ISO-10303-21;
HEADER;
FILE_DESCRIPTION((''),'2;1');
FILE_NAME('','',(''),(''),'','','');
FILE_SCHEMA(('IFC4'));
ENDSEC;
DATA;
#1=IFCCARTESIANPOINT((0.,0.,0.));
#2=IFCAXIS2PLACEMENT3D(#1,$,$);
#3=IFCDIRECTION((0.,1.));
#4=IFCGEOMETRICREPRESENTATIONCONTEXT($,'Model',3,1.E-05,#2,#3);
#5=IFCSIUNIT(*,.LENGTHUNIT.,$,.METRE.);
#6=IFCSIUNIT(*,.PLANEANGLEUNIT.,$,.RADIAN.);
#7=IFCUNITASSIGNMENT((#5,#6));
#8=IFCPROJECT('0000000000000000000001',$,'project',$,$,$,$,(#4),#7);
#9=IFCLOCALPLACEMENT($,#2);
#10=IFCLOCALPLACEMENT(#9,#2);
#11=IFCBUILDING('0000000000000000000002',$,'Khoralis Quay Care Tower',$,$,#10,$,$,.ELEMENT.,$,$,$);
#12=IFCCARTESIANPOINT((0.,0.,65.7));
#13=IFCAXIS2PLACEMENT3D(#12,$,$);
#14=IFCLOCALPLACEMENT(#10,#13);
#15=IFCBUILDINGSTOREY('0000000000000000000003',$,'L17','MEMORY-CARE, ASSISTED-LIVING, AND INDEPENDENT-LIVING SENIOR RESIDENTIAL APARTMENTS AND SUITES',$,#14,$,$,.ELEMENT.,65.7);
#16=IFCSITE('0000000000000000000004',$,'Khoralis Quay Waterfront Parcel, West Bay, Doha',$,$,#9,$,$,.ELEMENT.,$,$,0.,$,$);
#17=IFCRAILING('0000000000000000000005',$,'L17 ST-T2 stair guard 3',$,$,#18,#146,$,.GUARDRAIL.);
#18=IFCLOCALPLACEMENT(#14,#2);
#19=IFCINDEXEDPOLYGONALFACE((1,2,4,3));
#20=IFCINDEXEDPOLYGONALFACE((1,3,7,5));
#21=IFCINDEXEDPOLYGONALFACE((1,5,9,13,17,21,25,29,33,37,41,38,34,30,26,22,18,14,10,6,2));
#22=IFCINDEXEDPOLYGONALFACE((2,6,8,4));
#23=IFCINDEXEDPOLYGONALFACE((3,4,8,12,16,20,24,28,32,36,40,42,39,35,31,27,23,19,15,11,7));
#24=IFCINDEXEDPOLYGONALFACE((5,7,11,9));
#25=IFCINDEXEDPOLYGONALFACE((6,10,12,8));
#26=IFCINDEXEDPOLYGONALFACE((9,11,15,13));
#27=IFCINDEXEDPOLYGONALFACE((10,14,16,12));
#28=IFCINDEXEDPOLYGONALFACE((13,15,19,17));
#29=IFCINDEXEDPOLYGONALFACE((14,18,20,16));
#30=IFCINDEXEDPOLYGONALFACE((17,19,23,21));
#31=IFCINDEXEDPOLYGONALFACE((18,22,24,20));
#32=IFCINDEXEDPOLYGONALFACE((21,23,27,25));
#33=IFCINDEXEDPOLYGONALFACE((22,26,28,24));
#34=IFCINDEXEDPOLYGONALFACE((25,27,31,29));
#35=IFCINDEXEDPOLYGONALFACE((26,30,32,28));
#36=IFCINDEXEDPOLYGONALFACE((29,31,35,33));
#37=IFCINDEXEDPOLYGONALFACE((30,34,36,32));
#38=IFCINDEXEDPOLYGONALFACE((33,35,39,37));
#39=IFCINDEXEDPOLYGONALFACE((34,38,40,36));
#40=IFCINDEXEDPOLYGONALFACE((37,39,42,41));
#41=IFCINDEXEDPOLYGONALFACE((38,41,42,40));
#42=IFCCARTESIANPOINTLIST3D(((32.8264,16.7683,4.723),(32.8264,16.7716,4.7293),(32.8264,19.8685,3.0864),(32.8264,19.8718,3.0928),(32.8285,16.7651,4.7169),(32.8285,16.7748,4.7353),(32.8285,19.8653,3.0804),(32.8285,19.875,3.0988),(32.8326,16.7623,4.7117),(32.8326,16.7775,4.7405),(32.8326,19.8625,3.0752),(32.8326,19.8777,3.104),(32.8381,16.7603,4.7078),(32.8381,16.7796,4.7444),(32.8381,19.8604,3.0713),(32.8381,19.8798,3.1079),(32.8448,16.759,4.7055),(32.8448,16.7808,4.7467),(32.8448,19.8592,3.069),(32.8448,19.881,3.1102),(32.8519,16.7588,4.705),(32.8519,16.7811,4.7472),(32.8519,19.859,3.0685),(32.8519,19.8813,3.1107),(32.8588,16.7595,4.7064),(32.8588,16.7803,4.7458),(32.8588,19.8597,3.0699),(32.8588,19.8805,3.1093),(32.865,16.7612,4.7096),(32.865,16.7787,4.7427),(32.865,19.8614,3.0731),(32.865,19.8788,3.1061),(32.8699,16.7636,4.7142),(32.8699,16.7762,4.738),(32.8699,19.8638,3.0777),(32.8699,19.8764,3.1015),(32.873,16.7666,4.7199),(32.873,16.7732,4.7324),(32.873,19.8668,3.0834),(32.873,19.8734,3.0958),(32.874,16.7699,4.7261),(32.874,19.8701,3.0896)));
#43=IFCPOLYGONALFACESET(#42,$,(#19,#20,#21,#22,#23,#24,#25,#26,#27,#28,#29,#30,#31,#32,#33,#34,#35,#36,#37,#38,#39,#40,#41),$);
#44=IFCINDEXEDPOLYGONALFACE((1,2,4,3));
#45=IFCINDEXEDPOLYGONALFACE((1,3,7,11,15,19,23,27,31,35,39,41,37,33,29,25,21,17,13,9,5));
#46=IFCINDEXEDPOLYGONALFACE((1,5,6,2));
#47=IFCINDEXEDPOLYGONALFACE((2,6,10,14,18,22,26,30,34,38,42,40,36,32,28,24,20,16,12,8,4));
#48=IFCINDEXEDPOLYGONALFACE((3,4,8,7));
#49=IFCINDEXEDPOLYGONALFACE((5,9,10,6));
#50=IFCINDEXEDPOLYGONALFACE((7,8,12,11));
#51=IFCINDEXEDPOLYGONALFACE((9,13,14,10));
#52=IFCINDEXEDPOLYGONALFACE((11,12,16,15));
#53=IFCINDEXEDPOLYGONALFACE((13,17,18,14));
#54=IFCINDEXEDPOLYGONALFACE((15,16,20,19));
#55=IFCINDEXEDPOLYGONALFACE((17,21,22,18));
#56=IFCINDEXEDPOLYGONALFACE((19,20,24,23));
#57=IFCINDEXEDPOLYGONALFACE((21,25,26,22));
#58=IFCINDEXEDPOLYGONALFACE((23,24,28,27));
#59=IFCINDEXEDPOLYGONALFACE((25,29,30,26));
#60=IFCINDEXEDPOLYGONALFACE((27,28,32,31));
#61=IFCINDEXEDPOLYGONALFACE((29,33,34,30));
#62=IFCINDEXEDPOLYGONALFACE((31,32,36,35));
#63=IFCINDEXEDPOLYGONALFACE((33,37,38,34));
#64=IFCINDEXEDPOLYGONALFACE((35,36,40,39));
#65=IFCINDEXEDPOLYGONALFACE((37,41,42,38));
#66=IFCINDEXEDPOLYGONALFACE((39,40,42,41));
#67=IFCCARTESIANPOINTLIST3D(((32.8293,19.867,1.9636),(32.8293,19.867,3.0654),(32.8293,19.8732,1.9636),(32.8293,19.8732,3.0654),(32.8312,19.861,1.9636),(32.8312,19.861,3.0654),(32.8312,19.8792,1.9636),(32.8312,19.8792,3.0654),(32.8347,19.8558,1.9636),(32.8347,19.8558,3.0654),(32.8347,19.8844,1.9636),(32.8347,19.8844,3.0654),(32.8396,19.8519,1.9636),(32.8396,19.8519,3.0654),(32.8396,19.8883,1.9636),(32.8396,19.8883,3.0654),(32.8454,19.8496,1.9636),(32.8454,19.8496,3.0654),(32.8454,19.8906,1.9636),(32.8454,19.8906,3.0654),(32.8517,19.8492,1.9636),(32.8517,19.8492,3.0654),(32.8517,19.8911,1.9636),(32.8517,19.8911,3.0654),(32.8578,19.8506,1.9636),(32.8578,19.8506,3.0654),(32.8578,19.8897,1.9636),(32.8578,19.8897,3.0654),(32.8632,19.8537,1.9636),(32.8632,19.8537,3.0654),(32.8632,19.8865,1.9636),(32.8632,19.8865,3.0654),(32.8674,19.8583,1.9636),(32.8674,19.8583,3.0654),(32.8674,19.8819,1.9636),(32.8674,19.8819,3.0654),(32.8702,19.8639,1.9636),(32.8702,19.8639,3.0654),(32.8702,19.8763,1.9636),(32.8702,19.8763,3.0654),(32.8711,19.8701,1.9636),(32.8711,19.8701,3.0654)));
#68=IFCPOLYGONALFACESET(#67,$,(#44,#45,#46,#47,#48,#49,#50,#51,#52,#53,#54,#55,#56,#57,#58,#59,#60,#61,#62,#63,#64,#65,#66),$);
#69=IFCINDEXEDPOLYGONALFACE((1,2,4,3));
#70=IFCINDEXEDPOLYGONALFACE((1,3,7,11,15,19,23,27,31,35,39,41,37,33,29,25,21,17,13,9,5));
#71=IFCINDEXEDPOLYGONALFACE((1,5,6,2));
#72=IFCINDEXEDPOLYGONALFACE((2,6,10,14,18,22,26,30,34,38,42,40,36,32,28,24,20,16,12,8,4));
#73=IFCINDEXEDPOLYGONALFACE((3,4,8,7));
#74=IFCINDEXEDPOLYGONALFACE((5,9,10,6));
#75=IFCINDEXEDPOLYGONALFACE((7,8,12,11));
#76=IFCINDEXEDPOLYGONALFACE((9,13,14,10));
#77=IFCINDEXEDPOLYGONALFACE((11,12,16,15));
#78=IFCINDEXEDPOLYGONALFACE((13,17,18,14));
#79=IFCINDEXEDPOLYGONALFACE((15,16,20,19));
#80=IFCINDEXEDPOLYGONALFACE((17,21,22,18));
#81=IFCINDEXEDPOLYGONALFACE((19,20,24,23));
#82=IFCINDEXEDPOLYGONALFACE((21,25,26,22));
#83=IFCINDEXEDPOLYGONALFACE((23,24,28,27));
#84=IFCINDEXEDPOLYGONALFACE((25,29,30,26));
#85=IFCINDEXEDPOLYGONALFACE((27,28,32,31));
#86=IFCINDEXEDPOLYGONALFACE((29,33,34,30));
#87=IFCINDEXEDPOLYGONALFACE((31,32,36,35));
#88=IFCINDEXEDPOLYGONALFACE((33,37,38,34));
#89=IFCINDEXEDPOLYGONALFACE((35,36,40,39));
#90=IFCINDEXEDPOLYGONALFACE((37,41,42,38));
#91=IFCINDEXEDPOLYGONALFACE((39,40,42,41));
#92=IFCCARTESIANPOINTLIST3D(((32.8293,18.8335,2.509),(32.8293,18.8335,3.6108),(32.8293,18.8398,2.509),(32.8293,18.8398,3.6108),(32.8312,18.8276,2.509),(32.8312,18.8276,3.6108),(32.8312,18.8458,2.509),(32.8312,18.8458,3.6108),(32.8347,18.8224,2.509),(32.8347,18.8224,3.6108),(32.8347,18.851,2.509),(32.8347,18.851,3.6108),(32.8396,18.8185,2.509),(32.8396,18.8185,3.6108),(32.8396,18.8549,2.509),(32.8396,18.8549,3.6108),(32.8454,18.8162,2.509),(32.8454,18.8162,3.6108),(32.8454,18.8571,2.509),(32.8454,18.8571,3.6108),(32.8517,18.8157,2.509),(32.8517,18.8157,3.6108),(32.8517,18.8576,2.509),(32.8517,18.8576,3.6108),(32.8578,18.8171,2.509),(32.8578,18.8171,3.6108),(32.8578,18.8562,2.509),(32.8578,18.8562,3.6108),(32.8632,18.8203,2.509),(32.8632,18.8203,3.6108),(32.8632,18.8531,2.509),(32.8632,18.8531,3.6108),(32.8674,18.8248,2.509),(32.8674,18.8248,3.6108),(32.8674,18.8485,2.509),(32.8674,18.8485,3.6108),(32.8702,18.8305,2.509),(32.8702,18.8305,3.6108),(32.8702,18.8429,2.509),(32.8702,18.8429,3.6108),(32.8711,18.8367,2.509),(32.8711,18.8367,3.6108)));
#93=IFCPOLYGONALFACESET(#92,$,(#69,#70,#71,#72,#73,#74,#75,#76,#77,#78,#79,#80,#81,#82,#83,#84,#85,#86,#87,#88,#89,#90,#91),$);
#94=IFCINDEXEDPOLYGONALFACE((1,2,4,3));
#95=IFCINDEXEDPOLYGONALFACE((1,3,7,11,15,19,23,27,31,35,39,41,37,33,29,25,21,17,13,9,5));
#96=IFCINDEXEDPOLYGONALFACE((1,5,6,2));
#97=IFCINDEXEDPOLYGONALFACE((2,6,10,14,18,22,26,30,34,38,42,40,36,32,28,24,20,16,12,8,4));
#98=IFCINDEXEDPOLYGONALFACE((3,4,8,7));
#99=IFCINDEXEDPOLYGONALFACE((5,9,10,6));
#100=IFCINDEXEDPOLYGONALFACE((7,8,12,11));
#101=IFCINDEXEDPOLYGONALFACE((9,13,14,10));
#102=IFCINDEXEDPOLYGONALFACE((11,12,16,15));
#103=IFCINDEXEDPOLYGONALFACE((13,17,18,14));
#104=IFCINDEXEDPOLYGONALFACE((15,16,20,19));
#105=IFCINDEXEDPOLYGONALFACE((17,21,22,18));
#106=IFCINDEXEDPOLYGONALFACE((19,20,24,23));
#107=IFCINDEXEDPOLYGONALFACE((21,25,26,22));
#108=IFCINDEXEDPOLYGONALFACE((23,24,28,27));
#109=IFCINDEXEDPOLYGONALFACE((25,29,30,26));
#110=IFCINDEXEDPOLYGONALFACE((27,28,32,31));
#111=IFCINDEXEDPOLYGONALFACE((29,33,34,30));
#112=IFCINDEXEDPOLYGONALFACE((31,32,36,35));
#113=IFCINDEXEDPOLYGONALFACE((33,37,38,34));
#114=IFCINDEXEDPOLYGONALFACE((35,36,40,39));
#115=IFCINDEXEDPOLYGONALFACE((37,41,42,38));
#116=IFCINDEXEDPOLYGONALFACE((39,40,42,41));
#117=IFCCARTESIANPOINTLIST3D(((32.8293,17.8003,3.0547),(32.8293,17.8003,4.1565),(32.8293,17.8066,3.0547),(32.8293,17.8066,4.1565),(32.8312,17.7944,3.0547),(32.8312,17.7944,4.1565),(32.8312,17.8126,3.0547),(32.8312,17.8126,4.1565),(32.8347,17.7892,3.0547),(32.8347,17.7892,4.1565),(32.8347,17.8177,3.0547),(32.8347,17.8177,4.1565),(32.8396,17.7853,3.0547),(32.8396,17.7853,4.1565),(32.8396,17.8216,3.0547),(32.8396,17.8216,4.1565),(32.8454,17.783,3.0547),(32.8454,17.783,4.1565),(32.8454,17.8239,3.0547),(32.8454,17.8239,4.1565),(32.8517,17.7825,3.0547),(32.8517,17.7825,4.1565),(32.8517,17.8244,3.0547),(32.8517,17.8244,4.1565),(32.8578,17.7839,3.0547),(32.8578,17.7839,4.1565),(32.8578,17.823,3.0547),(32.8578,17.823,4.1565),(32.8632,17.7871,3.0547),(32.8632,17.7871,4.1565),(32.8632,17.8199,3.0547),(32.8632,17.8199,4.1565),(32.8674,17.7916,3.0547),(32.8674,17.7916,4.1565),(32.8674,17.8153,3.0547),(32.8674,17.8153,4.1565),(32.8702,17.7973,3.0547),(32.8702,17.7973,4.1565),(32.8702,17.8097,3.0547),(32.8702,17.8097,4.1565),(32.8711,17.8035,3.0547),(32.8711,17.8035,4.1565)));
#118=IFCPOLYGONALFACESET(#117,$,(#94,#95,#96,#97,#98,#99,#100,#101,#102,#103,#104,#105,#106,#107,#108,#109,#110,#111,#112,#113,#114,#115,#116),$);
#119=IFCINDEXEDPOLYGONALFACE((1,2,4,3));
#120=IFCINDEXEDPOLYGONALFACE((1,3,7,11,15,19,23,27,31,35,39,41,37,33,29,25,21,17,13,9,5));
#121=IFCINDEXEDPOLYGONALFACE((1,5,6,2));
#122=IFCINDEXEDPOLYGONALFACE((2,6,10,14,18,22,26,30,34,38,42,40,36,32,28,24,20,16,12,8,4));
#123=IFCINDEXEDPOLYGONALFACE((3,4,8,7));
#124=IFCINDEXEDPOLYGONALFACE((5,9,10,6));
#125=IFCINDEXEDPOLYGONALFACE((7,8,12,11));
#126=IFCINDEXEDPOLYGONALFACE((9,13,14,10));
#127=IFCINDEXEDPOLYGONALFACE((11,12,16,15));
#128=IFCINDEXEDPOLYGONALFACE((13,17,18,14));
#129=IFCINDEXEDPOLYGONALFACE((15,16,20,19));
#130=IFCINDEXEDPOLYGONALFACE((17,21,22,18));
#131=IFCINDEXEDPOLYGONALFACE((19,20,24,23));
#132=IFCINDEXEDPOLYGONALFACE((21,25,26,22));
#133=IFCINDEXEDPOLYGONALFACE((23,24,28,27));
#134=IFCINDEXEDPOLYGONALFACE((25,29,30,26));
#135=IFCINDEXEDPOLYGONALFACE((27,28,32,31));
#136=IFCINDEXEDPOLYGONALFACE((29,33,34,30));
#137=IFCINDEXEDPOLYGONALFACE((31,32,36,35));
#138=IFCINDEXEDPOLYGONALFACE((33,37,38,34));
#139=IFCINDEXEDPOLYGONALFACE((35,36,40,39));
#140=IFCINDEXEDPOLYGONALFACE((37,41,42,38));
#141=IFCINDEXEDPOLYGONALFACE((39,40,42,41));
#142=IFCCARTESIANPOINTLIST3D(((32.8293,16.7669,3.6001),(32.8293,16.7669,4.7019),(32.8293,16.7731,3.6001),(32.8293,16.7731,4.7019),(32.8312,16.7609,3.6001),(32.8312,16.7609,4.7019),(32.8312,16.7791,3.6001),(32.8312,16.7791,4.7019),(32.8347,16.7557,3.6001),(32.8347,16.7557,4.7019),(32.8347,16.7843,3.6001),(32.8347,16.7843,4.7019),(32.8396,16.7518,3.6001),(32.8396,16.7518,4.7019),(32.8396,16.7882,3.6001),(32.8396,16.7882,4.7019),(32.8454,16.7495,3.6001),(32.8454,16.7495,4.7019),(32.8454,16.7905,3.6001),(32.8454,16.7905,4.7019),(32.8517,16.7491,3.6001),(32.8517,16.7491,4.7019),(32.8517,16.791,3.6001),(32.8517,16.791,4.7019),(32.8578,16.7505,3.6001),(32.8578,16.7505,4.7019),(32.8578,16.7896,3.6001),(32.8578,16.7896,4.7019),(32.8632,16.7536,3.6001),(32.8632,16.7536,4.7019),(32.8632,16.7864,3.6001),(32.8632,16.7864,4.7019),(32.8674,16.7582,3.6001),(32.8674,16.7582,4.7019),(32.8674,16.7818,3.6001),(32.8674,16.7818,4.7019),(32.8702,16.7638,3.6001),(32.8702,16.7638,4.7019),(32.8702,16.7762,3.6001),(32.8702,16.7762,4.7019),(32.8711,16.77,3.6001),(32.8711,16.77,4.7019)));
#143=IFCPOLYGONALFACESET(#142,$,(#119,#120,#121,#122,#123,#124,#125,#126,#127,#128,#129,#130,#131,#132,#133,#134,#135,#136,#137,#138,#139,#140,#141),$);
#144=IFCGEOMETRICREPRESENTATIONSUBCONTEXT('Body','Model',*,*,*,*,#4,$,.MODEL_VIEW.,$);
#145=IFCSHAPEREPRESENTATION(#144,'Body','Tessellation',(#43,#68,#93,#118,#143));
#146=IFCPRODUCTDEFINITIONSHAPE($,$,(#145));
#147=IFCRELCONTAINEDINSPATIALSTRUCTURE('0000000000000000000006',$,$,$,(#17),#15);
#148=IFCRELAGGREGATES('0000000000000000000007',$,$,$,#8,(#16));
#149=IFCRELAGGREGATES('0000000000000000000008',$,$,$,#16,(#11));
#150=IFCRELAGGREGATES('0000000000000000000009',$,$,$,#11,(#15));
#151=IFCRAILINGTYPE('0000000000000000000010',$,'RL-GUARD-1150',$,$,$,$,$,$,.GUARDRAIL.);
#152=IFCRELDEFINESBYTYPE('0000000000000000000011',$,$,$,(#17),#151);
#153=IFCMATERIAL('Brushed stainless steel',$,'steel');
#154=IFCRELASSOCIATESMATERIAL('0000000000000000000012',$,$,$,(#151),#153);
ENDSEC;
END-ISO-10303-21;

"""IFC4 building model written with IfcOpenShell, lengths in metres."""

from ifc_helpers import new_model, si_unit, direction, frame, origin, origin_2d, place, context, subcontext, project, spatial, circle, extrude, material, type_object, element, save


model = new_model("IFC4")

# Units and contexts
model_context = context("Model", 3, precision=1e-05, world=origin(), true_north=direction((0.0, 1.0)))
body_context = subcontext(model_context, "Body", "Model", "MODEL_VIEW")
ifc_project = project(units=[si_unit("LENGTHUNIT", "METRE"), si_unit("PLANEANGLEUNIT", "RADIAN")], contexts=[model_context])

# Site, building, storey
site_placement = place(None, origin())
site = spatial("IfcSite", under=ifc_project, at=site_placement, Name="Khoralis Quay Waterfront Parcel, West Bay, Doha", CompositionType="ELEMENT", RefElevation=0.0)
building_placement = place(site_placement, origin())
building = spatial("IfcBuilding", under=site, at=building_placement, Name="Khoralis Quay Care Tower", CompositionType="ELEMENT")
storey_placement = place(building_placement, frame((0.0, 0.0, 65.7)))
storey = spatial("IfcBuildingStorey", under=building, at=storey_placement, Name="L17", Description="MEMORY-CARE, ASSISTED-LIVING, AND INDEPENDENT-LIVING SENIOR RESIDENTIAL APARTMENTS AND SUITES", CompositionType="ELEMENT", Elevation=65.7)

# Shared definitions
ifc_material_1 = material(Name="Brushed stainless steel", Category="steel")

# Railing
railing_type_1 = type_object("IfcRailingType", Name="RL-GUARD-1150", PredefinedType="GUARDRAIL", material=ifc_material_1)
railing_1_placement = place(storey_placement, frame((32.8501, 19.8701, 1.9636)))
element("IfcRailing", 1, at=railing_1_placement, inside=storey, type_object=railing_type_1, Name="L17 ST-T2 stair guard 3", PredefinedType="GUARDRAIL", context=body_context, shape_type="SweptSolid", body=[
    extrude(circle(Radius=0.0239, at=origin_2d()), frame((0.0, 0.0, 1.126), z_axis=(0.0, -0.884348, 0.466828), x_axis=(1.0, 0.0, 0.0)), (0.0, 0.0, 1.0), 3.5056),
    extrude(circle(Radius=0.021, at=origin_2d()), origin(), (0.0, 0.0, 1.0), 1.1018),
    extrude(circle(Radius=0.021, at=origin_2d()), frame((0.0, -1.0334, 0.5454)), (0.0, 0.0, 1.0), 1.1018),
    extrude(circle(Radius=0.021, at=origin_2d()), frame((0.0, -2.0667, 1.0911)), (0.0, 0.0, 1.0), 1.1018),
    extrude(circle(Radius=0.021, at=origin_2d()), frame((0.0, -3.1001, 1.6365)), (0.0, 0.0, 1.0), 1.1018),
])

save(model, "model.ifc")
